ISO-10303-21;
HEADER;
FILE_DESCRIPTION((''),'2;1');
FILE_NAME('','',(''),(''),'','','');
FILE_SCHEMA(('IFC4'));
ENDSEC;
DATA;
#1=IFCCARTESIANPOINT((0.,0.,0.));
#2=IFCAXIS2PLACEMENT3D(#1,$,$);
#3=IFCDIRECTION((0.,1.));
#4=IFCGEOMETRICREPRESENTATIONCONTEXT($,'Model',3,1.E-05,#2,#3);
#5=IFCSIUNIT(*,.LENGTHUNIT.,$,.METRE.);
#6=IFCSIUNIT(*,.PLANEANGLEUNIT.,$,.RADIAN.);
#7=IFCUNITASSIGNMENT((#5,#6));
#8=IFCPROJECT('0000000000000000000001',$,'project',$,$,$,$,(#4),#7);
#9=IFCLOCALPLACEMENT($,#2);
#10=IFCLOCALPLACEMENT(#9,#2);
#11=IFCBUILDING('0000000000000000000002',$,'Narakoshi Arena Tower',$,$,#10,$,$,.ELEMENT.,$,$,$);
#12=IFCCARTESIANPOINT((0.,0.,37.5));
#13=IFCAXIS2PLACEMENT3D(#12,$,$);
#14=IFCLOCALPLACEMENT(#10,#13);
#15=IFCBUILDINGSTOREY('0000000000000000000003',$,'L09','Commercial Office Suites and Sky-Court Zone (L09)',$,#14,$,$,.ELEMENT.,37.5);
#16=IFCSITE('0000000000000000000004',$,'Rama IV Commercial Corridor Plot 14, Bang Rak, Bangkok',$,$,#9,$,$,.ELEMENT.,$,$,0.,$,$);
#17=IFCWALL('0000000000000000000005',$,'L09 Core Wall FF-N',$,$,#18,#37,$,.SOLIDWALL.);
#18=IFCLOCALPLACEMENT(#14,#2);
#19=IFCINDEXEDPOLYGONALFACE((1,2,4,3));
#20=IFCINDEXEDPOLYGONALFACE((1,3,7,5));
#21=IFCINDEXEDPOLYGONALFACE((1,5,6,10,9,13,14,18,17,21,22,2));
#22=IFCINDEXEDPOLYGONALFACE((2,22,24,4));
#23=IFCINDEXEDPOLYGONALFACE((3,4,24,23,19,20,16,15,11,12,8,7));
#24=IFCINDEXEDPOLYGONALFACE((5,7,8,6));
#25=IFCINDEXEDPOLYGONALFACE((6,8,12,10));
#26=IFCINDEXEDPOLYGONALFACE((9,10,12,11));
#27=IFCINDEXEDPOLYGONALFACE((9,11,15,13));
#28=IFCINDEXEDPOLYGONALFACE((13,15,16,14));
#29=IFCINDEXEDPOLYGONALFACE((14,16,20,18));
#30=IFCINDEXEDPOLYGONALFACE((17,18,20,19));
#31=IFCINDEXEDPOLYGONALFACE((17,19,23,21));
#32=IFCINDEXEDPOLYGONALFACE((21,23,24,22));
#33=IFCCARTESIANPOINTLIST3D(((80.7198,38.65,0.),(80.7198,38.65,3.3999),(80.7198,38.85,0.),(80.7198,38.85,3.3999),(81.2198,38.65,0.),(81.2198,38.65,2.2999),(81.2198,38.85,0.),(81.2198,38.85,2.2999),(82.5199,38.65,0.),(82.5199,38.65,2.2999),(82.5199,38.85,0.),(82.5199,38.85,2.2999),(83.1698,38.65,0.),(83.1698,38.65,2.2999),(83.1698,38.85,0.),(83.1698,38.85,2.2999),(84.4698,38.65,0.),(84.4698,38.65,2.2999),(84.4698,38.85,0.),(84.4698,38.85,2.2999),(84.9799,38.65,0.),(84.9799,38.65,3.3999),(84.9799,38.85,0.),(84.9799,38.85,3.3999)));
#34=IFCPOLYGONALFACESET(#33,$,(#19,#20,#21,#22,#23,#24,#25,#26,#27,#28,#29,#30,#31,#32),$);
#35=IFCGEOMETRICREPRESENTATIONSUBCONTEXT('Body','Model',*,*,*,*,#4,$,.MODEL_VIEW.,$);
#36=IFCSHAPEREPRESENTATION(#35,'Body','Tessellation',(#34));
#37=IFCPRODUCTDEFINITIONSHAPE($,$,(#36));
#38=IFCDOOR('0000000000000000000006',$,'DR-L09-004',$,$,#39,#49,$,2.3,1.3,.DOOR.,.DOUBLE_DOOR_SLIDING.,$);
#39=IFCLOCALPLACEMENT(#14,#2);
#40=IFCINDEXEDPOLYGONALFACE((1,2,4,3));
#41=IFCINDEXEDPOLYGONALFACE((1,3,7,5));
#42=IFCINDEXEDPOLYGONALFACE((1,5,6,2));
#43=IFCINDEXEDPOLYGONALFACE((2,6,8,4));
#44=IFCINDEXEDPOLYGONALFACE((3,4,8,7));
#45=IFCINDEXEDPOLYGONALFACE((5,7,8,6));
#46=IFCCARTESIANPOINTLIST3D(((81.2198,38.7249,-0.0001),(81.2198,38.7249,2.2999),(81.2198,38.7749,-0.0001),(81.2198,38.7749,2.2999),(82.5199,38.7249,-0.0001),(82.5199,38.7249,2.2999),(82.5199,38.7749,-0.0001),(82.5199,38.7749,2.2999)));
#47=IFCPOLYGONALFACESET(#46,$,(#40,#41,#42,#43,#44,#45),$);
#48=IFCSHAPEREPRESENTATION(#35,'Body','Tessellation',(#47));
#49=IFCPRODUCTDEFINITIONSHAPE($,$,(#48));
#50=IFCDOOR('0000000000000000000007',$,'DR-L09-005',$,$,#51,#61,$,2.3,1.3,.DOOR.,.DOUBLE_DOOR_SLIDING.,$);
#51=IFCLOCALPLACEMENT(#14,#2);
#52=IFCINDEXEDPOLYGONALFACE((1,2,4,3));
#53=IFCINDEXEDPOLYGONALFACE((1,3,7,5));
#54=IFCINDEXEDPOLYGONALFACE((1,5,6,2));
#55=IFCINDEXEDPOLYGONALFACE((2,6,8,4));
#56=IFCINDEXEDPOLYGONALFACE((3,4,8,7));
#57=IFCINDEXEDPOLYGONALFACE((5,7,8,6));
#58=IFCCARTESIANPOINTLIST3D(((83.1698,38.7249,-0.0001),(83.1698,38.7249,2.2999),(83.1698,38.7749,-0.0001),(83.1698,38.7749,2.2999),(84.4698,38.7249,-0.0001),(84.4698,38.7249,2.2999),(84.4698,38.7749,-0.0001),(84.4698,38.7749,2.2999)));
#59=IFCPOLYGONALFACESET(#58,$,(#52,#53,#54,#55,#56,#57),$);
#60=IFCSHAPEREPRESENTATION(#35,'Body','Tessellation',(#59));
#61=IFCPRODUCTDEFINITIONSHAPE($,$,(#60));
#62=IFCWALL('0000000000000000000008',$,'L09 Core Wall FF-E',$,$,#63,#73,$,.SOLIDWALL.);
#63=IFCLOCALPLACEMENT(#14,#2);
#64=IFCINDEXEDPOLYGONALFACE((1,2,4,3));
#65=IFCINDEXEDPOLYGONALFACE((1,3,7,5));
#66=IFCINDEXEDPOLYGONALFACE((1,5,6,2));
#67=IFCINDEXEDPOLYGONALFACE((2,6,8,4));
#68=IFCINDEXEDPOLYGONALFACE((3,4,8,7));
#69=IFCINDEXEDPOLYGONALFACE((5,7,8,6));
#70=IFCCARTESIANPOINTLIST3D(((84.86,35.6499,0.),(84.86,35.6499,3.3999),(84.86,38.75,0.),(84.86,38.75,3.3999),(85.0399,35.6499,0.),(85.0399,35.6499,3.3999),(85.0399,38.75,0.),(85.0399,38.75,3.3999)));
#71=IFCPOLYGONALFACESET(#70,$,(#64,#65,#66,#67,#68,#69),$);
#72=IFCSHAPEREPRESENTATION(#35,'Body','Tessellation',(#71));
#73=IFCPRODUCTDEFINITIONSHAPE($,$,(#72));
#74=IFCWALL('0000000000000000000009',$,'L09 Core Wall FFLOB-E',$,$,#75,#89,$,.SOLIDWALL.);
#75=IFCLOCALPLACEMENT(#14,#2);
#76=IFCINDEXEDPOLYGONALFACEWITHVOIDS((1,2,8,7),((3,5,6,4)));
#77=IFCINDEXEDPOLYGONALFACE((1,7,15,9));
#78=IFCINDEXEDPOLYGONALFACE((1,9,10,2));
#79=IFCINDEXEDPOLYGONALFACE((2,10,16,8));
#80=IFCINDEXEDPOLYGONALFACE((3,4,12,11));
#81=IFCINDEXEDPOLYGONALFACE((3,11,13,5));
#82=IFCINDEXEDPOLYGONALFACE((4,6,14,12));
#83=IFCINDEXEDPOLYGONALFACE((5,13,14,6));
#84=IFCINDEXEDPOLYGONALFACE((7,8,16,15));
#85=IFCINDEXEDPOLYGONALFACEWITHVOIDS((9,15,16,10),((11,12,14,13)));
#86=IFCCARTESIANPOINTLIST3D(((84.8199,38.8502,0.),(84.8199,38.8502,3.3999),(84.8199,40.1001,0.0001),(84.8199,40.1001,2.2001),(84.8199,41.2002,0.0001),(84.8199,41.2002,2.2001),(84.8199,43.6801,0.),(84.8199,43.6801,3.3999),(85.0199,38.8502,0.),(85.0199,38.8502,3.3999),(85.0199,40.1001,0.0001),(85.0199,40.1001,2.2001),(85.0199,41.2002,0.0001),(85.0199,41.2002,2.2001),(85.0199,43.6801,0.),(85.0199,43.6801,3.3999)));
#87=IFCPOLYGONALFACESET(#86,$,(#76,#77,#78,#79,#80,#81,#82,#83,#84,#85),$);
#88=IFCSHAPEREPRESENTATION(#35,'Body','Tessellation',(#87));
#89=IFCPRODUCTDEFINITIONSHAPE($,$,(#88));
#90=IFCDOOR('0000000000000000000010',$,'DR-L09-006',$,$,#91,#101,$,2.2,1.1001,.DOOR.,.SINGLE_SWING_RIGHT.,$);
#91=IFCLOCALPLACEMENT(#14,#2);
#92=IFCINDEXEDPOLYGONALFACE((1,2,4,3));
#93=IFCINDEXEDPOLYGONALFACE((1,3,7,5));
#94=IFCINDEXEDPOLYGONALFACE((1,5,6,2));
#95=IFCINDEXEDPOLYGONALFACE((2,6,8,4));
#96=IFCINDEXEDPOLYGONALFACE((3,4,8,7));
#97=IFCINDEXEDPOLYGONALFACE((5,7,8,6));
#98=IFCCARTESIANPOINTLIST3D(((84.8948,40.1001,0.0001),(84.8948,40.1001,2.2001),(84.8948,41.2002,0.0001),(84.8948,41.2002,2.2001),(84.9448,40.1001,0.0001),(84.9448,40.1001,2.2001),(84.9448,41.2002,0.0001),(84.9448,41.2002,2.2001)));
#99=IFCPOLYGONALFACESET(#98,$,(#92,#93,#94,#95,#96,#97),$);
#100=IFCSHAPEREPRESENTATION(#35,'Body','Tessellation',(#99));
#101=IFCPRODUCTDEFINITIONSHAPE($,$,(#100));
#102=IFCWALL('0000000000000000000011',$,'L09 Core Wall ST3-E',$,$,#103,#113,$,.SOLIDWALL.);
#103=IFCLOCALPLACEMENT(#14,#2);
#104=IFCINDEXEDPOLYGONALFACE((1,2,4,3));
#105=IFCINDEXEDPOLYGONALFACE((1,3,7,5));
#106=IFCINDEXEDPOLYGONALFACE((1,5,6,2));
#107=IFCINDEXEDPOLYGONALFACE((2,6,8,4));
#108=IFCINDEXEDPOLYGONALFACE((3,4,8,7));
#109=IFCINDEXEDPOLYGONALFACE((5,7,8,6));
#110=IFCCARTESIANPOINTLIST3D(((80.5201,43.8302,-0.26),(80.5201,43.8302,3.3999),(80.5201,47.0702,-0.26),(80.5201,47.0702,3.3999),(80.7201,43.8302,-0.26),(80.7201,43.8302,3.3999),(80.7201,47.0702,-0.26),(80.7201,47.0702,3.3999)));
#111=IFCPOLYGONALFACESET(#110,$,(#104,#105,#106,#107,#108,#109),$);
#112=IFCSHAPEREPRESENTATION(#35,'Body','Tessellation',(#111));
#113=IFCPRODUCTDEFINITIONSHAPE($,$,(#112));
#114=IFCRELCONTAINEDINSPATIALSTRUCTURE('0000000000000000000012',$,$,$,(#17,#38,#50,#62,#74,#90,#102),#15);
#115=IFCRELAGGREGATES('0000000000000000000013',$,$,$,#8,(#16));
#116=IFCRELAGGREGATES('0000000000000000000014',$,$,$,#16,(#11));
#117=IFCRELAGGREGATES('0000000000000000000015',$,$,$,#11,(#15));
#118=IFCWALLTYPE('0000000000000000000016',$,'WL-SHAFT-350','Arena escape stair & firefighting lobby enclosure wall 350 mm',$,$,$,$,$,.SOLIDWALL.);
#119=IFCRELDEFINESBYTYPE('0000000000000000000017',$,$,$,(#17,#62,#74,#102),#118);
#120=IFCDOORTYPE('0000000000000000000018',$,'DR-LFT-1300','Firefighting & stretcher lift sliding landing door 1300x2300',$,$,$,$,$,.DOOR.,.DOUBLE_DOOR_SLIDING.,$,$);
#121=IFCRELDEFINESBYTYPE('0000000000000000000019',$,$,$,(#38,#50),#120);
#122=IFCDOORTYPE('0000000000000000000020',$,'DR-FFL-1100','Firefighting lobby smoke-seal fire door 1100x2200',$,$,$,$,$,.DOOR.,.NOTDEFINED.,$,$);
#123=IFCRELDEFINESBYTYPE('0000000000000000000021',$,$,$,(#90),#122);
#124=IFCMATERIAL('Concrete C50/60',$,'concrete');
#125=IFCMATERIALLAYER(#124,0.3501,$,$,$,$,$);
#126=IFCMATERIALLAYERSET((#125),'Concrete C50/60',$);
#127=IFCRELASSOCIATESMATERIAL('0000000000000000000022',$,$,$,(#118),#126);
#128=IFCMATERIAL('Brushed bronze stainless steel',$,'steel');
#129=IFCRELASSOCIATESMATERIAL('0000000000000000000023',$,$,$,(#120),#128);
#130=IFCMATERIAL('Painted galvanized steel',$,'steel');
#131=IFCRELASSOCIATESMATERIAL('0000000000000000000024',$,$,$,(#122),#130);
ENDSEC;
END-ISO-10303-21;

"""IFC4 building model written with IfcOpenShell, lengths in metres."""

from ifc_helpers import new_model, si_unit, direction, frame, frame_2d, origin, place, context, subcontext, project, spatial, rectangle, extrude, material, layer, layer_set, type_object, element, fill, save


model = new_model("IFC4")

# Units and contexts
model_context = context("Model", 3, precision=1e-05, world=origin(), true_north=direction((0.0, 1.0)))
body_context = subcontext(model_context, "Body", "Model", "MODEL_VIEW")
ifc_project = project(units=[si_unit("LENGTHUNIT", "METRE"), si_unit("PLANEANGLEUNIT", "RADIAN")], contexts=[model_context])

# Site, building, storey
site_placement = place(None, origin())
site = spatial("IfcSite", under=ifc_project, at=site_placement, Name="Rama IV Commercial Corridor Plot 14, Bang Rak, Bangkok", CompositionType="ELEMENT", RefElevation=0.0)
building_placement = place(site_placement, origin())
building = spatial("IfcBuilding", under=site, at=building_placement, Name="Narakoshi Arena Tower", CompositionType="ELEMENT")
storey_placement = place(building_placement, frame((0.0, 0.0, 37.5)))
storey = spatial("IfcBuildingStorey", under=building, at=storey_placement, Name="L09", Description="Commercial Office Suites and Sky-Court Zone (L09)", CompositionType="ELEMENT", Elevation=37.5)

# Shared definitions
ifc_material_1 = material(Name="Concrete C50/60", Category="concrete")
ifc_layer_1 = layer(ifc_material_1, 0.3501)
ifc_layer_set_1 = layer_set([ifc_layer_1], Name="Concrete C50/60")
wall_type_1 = type_object("IfcWallType", Name="WL-SHAFT-350", Description="Arena escape stair & firefighting lobby enclosure wall 350 mm", PredefinedType="SOLIDWALL", material=ifc_layer_set_1)
ifc_material_2 = material(Name="Painted galvanized steel", Category="steel")

# Wall, openings, doors
wall_1_placement = place(storey_placement, frame((80.72, 38.75, 0.0), z_axis=(0.0, 0.0, 1.0), x_axis=(1.0, 0.0, 0.0)))
wall_1 = element("IfcWall", 1, at=wall_1_placement, inside=storey, type_object=wall_type_1, Name="L09 Core Wall FF-N", PredefinedType="SOLIDWALL", context=body_context, shape_type="SweptSolid", body=[
    extrude(rectangle(XDim=4.26, YDim=0.2, at=frame_2d((2.1299, 0.0))), origin(), (0.0, 0.0, 1.0), 3.3999),
])
opening_1_placement = place(wall_1_placement, frame((0.5, 0.0, 0.0)))
opening_1 = element("IfcOpeningElement", 2, at=opening_1_placement, cuts=wall_1, PredefinedType="OPENING", context=body_context, shape_type="SweptSolid", body=[
    extrude(rectangle(XDim=1.3, YDim=2.3, at=frame_2d((0.6499, 1.1499))), frame((0.0, 0.1099, 0.0), z_axis=(0.0, -1.0, 0.0), x_axis=(1.0, 0.0, 0.0)), (0.0, 0.0, 1.0), 0.22),
])
opening_2_placement = place(wall_1_placement, frame((2.45, 0.0, 0.0)))
opening_2 = element("IfcOpeningElement", 3, at=opening_2_placement, cuts=wall_1, PredefinedType="OPENING", context=body_context, shape_type="SweptSolid", body=[
    extrude(rectangle(XDim=1.3, YDim=2.3, at=frame_2d((0.6499, 1.1499))), frame((0.0, 0.1099, 0.0), z_axis=(0.0, -1.0, 0.0), x_axis=(1.0, 0.0, 0.0)), (0.0, 0.0, 1.0), 0.22),
])
ifc_material_3 = material(Name="Brushed bronze stainless steel", Category="steel")
door_type_1 = type_object("IfcDoorType", Name="DR-LFT-1300", Description="Firefighting & stretcher lift sliding landing door 1300x2300", OperationType="DOUBLE_DOOR_SLIDING", PredefinedType="DOOR", material=ifc_material_3)
door_1_placement = place(opening_1_placement, origin())
door_1 = element("IfcDoor", 4, at=door_1_placement, inside=storey, type_object=door_type_1, Name="DR-L09-004", OperationType="DOUBLE_DOOR_SLIDING", OverallHeight=2.3, OverallWidth=1.3, PredefinedType="DOOR", context=body_context, shape_type="SweptSolid", body=[
    extrude(rectangle(XDim=1.3, YDim=2.3, at=frame_2d((0.6499, 1.1499))), frame((0.0, 0.0249, 0.0), z_axis=(0.0, -1.0, 0.0), x_axis=(1.0, 0.0, 0.0)), (0.0, 0.0, 1.0), 0.05),
])
fill(opening_1, door_1)
door_2_placement = place(opening_2_placement, origin())
door_2 = element("IfcDoor", 5, at=door_2_placement, inside=storey, type_object=door_type_1, Name="DR-L09-005", OperationType="DOUBLE_DOOR_SLIDING", OverallHeight=2.3, OverallWidth=1.3, PredefinedType="DOOR", context=body_context, shape_type="SweptSolid", body=[
    extrude(rectangle(XDim=1.3, YDim=2.3, at=frame_2d((0.6499, 1.1499))), frame((0.0, 0.0249, 0.0), z_axis=(0.0, -1.0, 0.0), x_axis=(1.0, 0.0, 0.0)), (0.0, 0.0, 1.0), 0.05),
])
fill(opening_2, door_2)

# Wall
wall_2_placement = place(storey_placement, frame((84.95, 35.6499, 0.0), z_axis=(0.0, 0.0, 1.0), x_axis=(0.0, 1.0, 0.0)))
element("IfcWall", 6, at=wall_2_placement, inside=storey, type_object=wall_type_1, Name="L09 Core Wall FF-E", PredefinedType="SOLIDWALL", context=body_context, shape_type="SweptSolid", body=[
    extrude(rectangle(XDim=3.1001, YDim=0.1799, at=frame_2d((1.55, 0.0))), origin(), (0.0, 0.0, 1.0), 3.3999),
])

# Wall, opening, door
wall_3_placement = place(storey_placement, frame((84.9199, 38.8501, 0.0), z_axis=(0.0, 0.0, 1.0), x_axis=(0.0, 1.0, 0.0)))
wall_3 = element("IfcWall", 7, at=wall_3_placement, inside=storey, type_object=wall_type_1, Name="L09 Core Wall FFLOB-E", PredefinedType="SOLIDWALL", context=body_context, shape_type="SweptSolid", body=[
    extrude(rectangle(XDim=4.8298, YDim=0.2, at=frame_2d((2.415, 0.0))), origin(), (0.0, 0.0, 1.0), 3.3999),
])
opening_3_placement = place(wall_3_placement, frame((1.25, 0.0, 0.0)))
opening_3 = element("IfcOpeningElement", 8, at=opening_3_placement, cuts=wall_3, PredefinedType="OPENING", context=body_context, shape_type="SweptSolid", body=[
    extrude(rectangle(XDim=1.1001, YDim=2.2, at=frame_2d((0.55, 1.1001))), frame((0.0, 0.1099, 0.0), z_axis=(0.0, -1.0, 0.0), x_axis=(1.0, 0.0, 0.0)), (0.0, 0.0, 1.0), 0.22),
])
door_type_2 = type_object("IfcDoorType", Name="DR-FFL-1100", Description="Firefighting lobby smoke-seal fire door 1100x2200", OperationType="NOTDEFINED", PredefinedType="DOOR", material=ifc_material_2)
door_3_placement = place(opening_3_placement, frame((1.1001, 0.0, 0.0), z_axis=(0.0, 0.0, 1.0), x_axis=(-1.0, 0.0, 0.0)))
door_3 = element("IfcDoor", 9, at=door_3_placement, inside=storey, type_object=door_type_2, Name="DR-L09-006", OperationType="SINGLE_SWING_RIGHT", OverallHeight=2.2, OverallWidth=1.1001, PredefinedType="DOOR", context=body_context, shape_type="SweptSolid", body=[
    extrude(rectangle(XDim=1.1001, YDim=2.2, at=frame_2d((0.55, 1.1001))), frame((0.0, 0.0249, 0.0), z_axis=(0.0, -1.0, 0.0), x_axis=(1.0, 0.0, 0.0)), (0.0, 0.0, 1.0), 0.05),
])
fill(opening_3, door_3)

# Wall
wall_4_placement = place(storey_placement, frame((80.6201, 43.8301, -0.26), z_axis=(0.0, 0.0, 1.0), x_axis=(0.0, 1.0, 0.0)))
element("IfcWall", 10, at=wall_4_placement, inside=storey, type_object=wall_type_1, Name="L09 Core Wall ST3-E", PredefinedType="SOLIDWALL", context=body_context, shape_type="SweptSolid", body=[
    extrude(rectangle(XDim=3.24, YDim=0.2, at=frame_2d((1.6201, 0.0))), origin(), (0.0, 0.0, 1.0), 3.6599),
])

save(model, "model.ifc")
